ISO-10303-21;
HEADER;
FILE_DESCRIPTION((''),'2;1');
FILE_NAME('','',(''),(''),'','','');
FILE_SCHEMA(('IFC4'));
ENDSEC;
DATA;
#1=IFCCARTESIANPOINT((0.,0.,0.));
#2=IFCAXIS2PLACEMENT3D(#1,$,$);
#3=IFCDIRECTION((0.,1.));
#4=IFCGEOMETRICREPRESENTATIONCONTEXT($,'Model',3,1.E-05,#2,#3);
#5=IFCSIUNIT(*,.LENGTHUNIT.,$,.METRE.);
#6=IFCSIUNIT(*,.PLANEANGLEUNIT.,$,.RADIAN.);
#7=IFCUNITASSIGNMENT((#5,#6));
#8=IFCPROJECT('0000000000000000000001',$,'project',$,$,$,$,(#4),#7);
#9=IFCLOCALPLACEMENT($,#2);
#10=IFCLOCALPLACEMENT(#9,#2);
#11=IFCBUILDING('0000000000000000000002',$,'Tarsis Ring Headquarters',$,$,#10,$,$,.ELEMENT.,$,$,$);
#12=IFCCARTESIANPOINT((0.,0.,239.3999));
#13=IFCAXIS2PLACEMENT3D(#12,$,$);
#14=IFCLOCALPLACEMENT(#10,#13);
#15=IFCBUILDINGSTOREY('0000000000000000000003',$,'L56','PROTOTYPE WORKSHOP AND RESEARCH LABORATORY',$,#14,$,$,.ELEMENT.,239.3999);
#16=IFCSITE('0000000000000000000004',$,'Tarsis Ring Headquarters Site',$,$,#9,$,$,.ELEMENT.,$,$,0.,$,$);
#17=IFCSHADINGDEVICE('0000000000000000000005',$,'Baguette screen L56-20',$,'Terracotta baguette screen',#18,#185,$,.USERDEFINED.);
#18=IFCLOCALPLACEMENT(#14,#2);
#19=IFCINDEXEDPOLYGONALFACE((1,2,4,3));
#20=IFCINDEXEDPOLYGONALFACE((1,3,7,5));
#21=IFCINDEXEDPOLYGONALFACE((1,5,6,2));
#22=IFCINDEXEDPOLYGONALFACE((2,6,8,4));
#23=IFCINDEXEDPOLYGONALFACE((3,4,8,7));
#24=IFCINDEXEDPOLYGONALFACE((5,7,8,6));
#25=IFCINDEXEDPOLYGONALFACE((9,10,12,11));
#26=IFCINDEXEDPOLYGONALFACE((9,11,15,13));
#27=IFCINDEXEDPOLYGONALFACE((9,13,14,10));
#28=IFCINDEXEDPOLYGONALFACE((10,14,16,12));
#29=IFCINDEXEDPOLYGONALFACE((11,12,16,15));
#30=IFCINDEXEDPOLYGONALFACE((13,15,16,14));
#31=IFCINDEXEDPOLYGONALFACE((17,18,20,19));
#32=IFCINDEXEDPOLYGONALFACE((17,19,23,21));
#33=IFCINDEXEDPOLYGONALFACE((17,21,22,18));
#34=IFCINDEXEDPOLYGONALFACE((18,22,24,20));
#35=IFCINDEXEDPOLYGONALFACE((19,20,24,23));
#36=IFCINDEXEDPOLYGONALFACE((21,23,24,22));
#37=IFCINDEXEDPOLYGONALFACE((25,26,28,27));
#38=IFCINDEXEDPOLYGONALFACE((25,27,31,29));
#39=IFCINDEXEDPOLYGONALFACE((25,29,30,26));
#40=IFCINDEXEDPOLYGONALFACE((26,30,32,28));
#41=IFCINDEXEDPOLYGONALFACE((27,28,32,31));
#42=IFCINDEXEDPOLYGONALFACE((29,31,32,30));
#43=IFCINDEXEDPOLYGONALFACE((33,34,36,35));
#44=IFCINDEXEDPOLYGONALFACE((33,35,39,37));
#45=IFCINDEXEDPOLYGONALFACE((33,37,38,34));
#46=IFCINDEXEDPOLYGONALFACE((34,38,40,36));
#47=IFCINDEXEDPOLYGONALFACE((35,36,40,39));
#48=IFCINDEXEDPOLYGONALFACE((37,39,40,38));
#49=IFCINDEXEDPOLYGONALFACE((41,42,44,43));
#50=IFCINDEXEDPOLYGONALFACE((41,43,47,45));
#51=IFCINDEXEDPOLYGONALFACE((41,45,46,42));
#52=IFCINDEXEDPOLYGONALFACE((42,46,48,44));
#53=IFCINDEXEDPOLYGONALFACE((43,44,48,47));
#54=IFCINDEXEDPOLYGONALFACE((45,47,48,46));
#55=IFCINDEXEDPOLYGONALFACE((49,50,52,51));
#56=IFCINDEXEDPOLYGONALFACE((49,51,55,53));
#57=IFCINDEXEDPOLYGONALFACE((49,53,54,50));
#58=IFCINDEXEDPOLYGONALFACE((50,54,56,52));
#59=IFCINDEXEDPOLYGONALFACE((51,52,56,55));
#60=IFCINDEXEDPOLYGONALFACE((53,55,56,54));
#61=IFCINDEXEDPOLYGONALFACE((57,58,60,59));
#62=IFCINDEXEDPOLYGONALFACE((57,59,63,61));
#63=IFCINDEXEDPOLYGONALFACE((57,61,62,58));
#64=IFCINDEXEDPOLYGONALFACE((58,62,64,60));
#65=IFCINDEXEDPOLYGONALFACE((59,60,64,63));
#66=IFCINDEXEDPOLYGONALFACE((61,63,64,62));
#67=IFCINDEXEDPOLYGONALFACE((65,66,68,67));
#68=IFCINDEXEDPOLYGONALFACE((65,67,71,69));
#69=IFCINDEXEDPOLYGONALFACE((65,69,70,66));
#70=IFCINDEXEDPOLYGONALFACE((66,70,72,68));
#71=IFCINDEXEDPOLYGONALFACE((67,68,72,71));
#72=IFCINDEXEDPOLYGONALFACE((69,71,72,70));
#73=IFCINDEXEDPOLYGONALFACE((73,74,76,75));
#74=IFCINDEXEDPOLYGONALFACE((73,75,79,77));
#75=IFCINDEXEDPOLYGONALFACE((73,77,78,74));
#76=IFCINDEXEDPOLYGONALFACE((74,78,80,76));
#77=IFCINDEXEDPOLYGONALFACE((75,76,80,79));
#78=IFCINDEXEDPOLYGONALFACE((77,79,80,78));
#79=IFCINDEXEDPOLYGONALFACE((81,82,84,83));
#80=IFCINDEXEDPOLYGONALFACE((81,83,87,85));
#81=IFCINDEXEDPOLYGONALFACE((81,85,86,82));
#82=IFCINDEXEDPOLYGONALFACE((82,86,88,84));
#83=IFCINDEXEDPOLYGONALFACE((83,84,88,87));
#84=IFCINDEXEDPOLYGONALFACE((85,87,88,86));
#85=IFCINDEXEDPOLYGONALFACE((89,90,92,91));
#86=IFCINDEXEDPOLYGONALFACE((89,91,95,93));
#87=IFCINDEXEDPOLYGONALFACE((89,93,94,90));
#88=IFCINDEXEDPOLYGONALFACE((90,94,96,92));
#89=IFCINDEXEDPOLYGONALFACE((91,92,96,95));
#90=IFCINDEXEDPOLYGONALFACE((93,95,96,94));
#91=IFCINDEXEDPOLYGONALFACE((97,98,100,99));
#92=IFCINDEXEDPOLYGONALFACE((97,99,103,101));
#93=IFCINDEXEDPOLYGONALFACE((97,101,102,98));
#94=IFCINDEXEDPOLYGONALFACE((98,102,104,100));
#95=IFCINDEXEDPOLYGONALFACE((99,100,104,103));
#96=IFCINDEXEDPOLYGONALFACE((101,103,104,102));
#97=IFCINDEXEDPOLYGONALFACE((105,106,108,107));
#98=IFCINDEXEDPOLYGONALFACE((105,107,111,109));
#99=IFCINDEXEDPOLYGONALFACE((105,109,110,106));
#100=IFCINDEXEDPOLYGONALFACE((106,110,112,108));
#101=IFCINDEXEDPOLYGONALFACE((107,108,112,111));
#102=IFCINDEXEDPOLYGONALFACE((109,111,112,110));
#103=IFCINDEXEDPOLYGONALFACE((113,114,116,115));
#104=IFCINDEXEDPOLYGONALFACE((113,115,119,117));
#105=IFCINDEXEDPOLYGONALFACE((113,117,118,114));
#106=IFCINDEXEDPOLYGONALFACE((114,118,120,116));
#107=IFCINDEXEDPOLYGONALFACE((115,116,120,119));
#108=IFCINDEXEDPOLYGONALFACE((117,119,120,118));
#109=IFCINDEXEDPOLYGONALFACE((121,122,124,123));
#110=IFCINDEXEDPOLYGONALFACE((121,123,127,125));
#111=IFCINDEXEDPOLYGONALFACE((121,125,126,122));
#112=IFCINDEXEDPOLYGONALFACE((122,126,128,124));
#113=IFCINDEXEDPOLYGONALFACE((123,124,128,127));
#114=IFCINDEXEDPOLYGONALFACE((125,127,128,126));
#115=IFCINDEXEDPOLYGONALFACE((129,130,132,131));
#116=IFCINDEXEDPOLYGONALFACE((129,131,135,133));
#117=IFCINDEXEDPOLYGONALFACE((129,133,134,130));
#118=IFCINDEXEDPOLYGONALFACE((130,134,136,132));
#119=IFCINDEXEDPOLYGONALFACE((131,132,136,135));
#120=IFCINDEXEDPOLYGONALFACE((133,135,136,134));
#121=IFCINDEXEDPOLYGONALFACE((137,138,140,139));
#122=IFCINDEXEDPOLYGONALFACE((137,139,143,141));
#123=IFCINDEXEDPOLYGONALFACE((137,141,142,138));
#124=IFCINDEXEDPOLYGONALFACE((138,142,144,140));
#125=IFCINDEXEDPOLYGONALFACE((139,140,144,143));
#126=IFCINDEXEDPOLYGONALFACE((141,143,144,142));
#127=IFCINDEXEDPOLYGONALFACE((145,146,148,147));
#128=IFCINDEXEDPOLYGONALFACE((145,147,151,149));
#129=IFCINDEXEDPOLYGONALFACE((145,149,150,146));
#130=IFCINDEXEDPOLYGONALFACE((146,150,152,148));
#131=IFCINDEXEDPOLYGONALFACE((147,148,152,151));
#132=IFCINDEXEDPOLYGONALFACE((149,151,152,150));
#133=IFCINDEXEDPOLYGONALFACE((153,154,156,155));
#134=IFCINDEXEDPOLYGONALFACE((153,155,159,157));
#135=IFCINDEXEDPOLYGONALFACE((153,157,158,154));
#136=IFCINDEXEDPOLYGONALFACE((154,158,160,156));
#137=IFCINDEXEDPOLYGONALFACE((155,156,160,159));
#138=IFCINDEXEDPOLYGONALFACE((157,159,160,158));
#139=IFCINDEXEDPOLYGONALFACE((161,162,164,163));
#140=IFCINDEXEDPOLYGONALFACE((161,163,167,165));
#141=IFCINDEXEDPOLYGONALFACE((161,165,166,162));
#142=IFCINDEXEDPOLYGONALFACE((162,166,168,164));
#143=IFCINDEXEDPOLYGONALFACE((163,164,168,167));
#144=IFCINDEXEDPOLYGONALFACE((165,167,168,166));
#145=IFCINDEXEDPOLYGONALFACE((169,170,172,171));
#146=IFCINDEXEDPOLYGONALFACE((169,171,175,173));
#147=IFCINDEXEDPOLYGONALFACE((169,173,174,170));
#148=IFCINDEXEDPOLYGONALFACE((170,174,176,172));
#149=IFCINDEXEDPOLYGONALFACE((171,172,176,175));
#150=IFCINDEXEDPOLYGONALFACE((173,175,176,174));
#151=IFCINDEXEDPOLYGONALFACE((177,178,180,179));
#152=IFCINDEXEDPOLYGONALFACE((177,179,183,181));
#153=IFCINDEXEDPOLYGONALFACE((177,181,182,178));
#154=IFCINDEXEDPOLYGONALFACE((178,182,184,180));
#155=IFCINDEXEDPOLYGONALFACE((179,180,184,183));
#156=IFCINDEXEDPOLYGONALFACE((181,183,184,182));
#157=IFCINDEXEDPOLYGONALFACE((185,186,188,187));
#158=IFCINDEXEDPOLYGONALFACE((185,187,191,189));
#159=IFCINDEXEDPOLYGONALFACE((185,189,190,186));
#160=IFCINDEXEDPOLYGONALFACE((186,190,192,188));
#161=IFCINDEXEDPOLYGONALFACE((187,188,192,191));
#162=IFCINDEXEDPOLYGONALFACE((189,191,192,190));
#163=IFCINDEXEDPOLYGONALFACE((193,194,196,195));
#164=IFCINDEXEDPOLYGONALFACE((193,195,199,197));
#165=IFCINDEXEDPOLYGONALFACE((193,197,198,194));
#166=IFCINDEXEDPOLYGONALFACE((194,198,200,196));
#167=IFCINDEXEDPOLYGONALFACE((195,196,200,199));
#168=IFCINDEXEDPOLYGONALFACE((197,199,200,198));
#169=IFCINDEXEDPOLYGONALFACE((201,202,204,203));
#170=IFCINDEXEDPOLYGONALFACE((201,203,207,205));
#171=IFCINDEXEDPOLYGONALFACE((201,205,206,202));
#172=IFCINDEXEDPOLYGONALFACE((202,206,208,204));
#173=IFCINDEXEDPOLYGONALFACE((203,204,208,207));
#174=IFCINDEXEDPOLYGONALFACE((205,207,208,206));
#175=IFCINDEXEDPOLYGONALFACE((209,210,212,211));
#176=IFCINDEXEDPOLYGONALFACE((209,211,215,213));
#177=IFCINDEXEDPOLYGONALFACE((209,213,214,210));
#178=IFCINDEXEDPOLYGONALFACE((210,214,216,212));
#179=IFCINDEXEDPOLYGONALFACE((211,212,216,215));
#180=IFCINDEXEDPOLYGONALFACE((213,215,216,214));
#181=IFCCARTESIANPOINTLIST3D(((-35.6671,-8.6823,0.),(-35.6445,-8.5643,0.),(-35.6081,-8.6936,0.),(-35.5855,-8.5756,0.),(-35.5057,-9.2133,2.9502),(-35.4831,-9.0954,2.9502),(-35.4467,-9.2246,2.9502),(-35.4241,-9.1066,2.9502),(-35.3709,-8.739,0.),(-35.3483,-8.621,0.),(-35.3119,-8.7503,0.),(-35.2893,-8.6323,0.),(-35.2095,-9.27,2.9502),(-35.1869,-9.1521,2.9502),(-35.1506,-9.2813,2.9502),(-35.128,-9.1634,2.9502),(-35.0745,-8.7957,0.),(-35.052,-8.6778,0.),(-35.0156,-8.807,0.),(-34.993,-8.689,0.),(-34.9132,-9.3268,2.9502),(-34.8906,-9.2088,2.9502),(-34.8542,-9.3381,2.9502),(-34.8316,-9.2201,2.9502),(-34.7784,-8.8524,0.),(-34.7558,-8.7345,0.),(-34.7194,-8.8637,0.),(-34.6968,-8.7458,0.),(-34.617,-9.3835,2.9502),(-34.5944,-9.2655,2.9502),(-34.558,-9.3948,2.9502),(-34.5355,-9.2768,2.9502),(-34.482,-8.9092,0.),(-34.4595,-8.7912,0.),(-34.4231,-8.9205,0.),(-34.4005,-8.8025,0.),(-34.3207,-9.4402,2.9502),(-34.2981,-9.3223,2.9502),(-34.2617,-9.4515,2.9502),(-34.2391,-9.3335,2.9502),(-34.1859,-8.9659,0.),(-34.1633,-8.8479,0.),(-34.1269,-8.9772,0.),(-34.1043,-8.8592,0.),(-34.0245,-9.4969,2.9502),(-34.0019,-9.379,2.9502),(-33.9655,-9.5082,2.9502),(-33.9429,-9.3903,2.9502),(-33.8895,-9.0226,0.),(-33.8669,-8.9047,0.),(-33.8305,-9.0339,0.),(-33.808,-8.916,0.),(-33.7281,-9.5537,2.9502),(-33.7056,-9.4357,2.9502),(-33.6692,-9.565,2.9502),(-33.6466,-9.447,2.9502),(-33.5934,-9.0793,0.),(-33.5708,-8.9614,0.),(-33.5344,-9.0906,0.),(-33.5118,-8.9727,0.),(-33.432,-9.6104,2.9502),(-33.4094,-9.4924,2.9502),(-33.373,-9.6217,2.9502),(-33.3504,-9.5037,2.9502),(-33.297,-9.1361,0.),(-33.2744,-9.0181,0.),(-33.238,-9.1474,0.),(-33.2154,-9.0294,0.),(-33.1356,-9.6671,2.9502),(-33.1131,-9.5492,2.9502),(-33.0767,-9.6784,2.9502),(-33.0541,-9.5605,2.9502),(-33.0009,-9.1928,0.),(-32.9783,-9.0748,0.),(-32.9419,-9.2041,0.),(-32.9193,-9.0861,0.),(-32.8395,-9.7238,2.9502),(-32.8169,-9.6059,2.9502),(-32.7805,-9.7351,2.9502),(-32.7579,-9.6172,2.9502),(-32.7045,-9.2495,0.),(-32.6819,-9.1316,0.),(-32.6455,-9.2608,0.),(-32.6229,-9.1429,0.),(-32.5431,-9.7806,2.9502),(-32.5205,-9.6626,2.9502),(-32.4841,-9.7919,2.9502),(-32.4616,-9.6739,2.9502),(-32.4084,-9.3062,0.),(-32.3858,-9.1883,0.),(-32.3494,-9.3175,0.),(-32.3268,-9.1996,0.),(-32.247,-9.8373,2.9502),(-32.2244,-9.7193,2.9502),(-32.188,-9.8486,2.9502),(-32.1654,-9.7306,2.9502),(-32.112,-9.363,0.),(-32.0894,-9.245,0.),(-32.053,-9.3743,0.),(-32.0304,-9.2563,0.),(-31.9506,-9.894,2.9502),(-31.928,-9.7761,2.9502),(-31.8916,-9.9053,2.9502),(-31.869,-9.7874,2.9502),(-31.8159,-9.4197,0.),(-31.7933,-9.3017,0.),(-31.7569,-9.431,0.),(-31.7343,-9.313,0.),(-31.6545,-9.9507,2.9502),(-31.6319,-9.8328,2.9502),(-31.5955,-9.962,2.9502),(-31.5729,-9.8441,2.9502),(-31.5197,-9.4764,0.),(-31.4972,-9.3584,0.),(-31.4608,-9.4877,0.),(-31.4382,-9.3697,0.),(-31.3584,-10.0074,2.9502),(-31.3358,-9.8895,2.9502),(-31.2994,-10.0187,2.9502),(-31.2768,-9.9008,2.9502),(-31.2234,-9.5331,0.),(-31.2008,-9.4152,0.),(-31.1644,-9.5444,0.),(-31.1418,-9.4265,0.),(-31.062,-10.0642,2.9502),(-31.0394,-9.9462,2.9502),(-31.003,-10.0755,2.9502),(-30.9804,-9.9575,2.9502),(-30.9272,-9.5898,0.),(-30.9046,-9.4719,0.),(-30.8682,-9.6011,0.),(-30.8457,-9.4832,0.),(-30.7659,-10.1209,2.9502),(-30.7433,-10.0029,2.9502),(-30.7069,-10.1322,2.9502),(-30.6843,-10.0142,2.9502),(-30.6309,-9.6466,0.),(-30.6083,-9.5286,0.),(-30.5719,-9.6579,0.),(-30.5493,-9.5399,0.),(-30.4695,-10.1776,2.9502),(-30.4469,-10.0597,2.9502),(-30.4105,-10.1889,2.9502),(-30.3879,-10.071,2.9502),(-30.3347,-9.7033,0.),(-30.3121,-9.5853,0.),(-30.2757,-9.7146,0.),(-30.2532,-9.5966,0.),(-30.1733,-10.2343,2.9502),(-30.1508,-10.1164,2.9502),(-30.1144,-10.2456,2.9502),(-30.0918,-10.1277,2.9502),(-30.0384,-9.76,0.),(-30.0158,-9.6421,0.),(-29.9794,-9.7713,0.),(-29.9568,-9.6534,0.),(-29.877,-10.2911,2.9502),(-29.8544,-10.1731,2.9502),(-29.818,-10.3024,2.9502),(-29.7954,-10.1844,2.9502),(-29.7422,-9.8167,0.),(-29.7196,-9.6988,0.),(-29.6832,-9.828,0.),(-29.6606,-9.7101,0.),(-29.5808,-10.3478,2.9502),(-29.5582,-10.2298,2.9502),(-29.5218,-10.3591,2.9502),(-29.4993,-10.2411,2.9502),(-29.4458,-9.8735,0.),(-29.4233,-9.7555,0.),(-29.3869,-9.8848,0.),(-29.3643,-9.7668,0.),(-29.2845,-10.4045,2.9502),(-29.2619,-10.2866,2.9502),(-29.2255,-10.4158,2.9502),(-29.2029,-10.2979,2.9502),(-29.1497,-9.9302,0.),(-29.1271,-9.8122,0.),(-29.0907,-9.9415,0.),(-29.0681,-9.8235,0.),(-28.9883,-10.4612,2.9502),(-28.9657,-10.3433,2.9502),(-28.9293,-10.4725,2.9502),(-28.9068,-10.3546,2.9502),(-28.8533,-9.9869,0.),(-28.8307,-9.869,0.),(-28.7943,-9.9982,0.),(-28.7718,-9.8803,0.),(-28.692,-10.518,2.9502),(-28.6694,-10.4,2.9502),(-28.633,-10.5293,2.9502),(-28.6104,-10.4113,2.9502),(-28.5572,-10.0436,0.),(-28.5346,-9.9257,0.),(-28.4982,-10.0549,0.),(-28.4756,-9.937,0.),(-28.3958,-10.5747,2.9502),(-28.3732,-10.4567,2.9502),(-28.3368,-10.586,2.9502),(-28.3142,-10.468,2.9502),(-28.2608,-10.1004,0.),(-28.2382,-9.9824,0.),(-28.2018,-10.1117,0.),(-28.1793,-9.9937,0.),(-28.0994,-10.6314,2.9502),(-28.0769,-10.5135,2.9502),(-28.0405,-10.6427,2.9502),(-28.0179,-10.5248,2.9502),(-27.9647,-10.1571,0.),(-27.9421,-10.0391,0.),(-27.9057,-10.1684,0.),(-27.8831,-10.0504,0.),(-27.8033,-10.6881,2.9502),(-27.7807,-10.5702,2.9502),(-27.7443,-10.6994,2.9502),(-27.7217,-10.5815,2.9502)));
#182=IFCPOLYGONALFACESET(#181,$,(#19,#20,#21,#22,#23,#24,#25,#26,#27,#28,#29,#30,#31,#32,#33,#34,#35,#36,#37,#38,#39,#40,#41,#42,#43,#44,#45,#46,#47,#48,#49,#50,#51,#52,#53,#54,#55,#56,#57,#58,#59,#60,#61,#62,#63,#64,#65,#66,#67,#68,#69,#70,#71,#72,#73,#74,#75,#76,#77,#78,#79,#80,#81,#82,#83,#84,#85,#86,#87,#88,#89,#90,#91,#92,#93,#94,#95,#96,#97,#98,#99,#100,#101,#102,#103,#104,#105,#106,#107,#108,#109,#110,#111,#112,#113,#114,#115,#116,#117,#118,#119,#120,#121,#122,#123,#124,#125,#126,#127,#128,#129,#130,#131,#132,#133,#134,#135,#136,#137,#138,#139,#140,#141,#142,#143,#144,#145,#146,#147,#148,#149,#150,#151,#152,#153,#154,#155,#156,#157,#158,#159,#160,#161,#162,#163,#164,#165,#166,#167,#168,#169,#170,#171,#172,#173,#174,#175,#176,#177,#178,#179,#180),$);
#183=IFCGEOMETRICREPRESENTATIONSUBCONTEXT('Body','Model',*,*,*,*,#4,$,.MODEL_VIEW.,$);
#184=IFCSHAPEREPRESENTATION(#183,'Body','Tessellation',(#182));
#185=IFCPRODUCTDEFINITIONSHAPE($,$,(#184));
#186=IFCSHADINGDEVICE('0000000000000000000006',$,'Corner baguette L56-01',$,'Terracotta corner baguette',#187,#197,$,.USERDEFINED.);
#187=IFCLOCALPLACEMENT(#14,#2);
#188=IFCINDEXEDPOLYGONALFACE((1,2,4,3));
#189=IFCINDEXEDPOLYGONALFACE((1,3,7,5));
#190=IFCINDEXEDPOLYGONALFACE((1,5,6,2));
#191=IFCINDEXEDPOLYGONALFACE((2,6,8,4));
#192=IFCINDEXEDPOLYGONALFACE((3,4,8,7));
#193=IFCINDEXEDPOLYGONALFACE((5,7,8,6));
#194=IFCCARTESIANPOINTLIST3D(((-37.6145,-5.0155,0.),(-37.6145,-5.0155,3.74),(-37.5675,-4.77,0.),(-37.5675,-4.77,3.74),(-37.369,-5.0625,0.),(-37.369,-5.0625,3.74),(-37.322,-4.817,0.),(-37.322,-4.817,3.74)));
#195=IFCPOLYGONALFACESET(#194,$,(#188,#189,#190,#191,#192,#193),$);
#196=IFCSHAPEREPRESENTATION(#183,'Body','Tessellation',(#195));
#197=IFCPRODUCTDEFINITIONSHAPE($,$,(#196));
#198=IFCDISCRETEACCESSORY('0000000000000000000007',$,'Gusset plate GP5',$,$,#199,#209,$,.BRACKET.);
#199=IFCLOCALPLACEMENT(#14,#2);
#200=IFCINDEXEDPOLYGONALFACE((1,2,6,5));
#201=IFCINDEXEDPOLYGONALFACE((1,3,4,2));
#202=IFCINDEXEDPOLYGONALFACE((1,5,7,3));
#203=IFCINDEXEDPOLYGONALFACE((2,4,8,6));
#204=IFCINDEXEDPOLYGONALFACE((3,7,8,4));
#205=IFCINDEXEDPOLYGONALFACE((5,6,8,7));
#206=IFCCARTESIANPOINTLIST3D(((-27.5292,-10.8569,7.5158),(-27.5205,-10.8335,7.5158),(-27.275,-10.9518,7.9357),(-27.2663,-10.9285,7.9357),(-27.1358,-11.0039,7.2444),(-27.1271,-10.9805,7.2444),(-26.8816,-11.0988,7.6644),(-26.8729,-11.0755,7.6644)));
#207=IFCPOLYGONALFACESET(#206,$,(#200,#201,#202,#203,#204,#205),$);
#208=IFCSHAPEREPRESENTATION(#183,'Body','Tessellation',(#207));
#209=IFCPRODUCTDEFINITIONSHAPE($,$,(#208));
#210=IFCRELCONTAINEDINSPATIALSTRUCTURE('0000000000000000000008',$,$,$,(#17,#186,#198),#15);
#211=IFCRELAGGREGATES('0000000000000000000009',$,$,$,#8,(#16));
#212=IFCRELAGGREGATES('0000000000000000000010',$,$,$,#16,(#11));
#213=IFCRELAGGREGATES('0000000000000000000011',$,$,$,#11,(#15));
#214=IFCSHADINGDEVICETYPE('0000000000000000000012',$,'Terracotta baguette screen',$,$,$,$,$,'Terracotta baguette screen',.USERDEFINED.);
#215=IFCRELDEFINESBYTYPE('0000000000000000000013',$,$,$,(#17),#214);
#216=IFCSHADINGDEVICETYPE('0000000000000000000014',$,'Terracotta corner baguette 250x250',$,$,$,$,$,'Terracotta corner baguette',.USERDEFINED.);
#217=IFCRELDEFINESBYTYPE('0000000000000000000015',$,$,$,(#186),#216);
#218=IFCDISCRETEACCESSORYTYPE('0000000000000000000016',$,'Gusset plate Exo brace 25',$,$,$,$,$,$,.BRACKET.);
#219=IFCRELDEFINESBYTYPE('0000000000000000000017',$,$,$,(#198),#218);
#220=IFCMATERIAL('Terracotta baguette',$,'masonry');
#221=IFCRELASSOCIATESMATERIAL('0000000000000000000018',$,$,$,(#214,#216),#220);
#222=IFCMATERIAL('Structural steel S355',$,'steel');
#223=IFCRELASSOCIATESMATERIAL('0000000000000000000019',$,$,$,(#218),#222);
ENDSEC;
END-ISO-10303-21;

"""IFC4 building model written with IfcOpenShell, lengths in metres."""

from ifc_helpers import new_model, si_unit, direction, frame, frame_2d, origin, origin_2d, place, context, subcontext, project, spatial, rectangle, composite_profile, extrude, material, material_profile, profile_set, type_object, element, save


model = new_model("IFC4")

# Units and contexts
model_context = context("Model", 3, precision=1e-05, world=origin(), true_north=direction((0.0, 1.0)))
body_context = subcontext(model_context, "Body", "Model", "MODEL_VIEW")
ifc_project = project(units=[si_unit("LENGTHUNIT", "METRE"), si_unit("PLANEANGLEUNIT", "RADIAN")], contexts=[model_context])

# Site, building, storey
site_placement = place(None, origin())
site = spatial("IfcSite", under=ifc_project, at=site_placement, Name="Tarsis Ring Headquarters Site", CompositionType="ELEMENT", RefElevation=0.0)
building_placement = place(site_placement, origin())
building = spatial("IfcBuilding", under=site, at=building_placement, Name="Tarsis Ring Headquarters", CompositionType="ELEMENT")
storey_placement = place(building_placement, frame((0.0, 0.0, 239.3999)))
storey = spatial("IfcBuildingStorey", under=building, at=storey_placement, Name="L56", Description="PROTOTYPE WORKSHOP AND RESEARCH LABORATORY", CompositionType="ELEMENT", Elevation=239.3999)

# Shared definitions
ifc_material_1 = material(Name="Structural steel S355", Category="steel")

# Shading devices
ifc_material_2 = material(Name="Terracotta baguette", Category="masonry")
shading_device_type_1 = type_object("IfcShadingDeviceType", Name="Terracotta baguette screen", ElementType="Terracotta baguette screen", PredefinedType="USERDEFINED", material=ifc_material_2)
shading_device_1_placement = place(storey_placement, frame((-35.6558, -8.6233, 0.0), z_axis=(0.0, 0.0, 1.0), x_axis=(0.982143, -0.188056, 0.0)))
element("IfcShadingDevice", 1, at=shading_device_1_placement, inside=storey, type_object=shading_device_type_1, Name="Baguette screen L56-20", ObjectType="Terracotta baguette screen", PredefinedType="USERDEFINED", context=body_context, shape_type="SweptSolid", body=[
    extrude(composite_profile([rectangle(XDim=0.0601, YDim=0.1201, at=frame_2d((0.03, 0.0))), rectangle(XDim=0.0601, YDim=0.1201, at=frame_2d((0.3315, 0.0))), rectangle(XDim=0.0601, YDim=0.1201, at=frame_2d((0.6333, 0.0))), rectangle(XDim=0.0601, YDim=0.1201, at=frame_2d((0.9348, 0.0))), rectangle(XDim=0.0601, YDim=0.1201, at=frame_2d((1.2366, 0.0))), rectangle(XDim=0.0601, YDim=0.1201, at=frame_2d((1.5381, 0.0))), rectangle(XDim=0.0601, YDim=0.1201, at=frame_2d((1.8398, 0.0))), rectangle(XDim=0.0601, YDim=0.1201, at=frame_2d((2.1414, 0.0))), rectangle(XDim=0.0601, YDim=0.1201, at=frame_2d((2.4431, 0.0))), rectangle(XDim=0.0601, YDim=0.1201, at=frame_2d((2.7446, 0.0))), rectangle(XDim=0.0601, YDim=0.1201, at=frame_2d((3.0464, 0.0))), rectangle(XDim=0.0601, YDim=0.1201, at=frame_2d((3.3479, 0.0))), rectangle(XDim=0.0601, YDim=0.1201, at=frame_2d((3.6497, 0.0))), rectangle(XDim=0.0601, YDim=0.1201, at=frame_2d((3.9512, 0.0))), rectangle(XDim=0.0601, YDim=0.1201, at=frame_2d((4.2527, 0.0))), rectangle(XDim=0.0601, YDim=0.1201, at=frame_2d((4.5544, 0.0))), rectangle(XDim=0.0601, YDim=0.1201, at=frame_2d((4.856, 0.0))), rectangle(XDim=0.0601, YDim=0.1201, at=frame_2d((5.1577, 0.0))), rectangle(XDim=0.0601, YDim=0.1201, at=frame_2d((5.4592, 0.0))), rectangle(XDim=0.0601, YDim=0.1201, at=frame_2d((5.761, 0.0))), rectangle(XDim=0.0601, YDim=0.1201, at=frame_2d((6.0625, 0.0))), rectangle(XDim=0.0601, YDim=0.1201, at=frame_2d((6.3643, 0.0))), rectangle(XDim=0.0601, YDim=0.1201, at=frame_2d((6.6658, 0.0))), rectangle(XDim=0.0601, YDim=0.1201, at=frame_2d((6.9675, 0.0))), rectangle(XDim=0.0601, YDim=0.1201, at=frame_2d((7.269, 0.0))), rectangle(XDim=0.0601, YDim=0.1201, at=frame_2d((7.5708, 0.0))), rectangle(XDim=0.0601, YDim=0.1201, at=frame_2d((7.8723, 0.0)))]), origin(), (0.086068, -0.163635, 0.982759), 3.002),
])
shading_device_type_2 = type_object("IfcShadingDeviceType", Name="Terracotta corner baguette 250x250", ElementType="Terracotta corner baguette", PredefinedType="USERDEFINED", material=ifc_material_2)
shading_device_2_placement = place(storey_placement, frame((-37.4683, -4.9163, 0.0), z_axis=(0.0, 0.0, 1.0), x_axis=(-0.188067, -0.982156, 0.0)))
element("IfcShadingDevice", 2, at=shading_device_2_placement, inside=storey, type_object=shading_device_type_2, Name="Corner baguette L56-01", ObjectType="Terracotta corner baguette", PredefinedType="USERDEFINED", context=body_context, shape_type="SweptSolid", body=[
    extrude(rectangle(XDim=0.25, YDim=0.25, at=origin_2d()), origin(), (0.0, 0.0, 1.0), 3.74),
])

# Discrete accessory
ifc_material_profile_1 = material_profile(ifc_material_1, rectangle(XDim=0.0249, YDim=0.5, at=origin_2d()), Name="PL 25x500")
ifc_profile_set_1 = profile_set([ifc_material_profile_1], Name="Structural steel S355")
discrete_accessory_type = type_object("IfcDiscreteAccessoryType", Name="Gusset plate Exo brace 25", PredefinedType="BRACKET", material=ifc_profile_set_1)
for number, where, z_axis, x_axis, name in (
    (3, (-27.074, -11.0137, 7.8), (-0.508355, 0.189962, -0.839934), (-0.350038, -0.936735, 0.0), "Gusset plate GP5"),
):
    element("IfcDiscreteAccessory", number, at=place(storey_placement, frame(where, z_axis=z_axis, x_axis=x_axis)), inside=storey, type_object=discrete_accessory_type, Name=name, PredefinedType="BRACKET", context=body_context, shape_type="SweptSolid", body=[
        extrude(rectangle(XDim=0.0249, YDim=0.5, at=origin_2d()), origin(), (0.0, 0.0, 1.0), 0.5),
    ])

save(model, "model.ifc")
